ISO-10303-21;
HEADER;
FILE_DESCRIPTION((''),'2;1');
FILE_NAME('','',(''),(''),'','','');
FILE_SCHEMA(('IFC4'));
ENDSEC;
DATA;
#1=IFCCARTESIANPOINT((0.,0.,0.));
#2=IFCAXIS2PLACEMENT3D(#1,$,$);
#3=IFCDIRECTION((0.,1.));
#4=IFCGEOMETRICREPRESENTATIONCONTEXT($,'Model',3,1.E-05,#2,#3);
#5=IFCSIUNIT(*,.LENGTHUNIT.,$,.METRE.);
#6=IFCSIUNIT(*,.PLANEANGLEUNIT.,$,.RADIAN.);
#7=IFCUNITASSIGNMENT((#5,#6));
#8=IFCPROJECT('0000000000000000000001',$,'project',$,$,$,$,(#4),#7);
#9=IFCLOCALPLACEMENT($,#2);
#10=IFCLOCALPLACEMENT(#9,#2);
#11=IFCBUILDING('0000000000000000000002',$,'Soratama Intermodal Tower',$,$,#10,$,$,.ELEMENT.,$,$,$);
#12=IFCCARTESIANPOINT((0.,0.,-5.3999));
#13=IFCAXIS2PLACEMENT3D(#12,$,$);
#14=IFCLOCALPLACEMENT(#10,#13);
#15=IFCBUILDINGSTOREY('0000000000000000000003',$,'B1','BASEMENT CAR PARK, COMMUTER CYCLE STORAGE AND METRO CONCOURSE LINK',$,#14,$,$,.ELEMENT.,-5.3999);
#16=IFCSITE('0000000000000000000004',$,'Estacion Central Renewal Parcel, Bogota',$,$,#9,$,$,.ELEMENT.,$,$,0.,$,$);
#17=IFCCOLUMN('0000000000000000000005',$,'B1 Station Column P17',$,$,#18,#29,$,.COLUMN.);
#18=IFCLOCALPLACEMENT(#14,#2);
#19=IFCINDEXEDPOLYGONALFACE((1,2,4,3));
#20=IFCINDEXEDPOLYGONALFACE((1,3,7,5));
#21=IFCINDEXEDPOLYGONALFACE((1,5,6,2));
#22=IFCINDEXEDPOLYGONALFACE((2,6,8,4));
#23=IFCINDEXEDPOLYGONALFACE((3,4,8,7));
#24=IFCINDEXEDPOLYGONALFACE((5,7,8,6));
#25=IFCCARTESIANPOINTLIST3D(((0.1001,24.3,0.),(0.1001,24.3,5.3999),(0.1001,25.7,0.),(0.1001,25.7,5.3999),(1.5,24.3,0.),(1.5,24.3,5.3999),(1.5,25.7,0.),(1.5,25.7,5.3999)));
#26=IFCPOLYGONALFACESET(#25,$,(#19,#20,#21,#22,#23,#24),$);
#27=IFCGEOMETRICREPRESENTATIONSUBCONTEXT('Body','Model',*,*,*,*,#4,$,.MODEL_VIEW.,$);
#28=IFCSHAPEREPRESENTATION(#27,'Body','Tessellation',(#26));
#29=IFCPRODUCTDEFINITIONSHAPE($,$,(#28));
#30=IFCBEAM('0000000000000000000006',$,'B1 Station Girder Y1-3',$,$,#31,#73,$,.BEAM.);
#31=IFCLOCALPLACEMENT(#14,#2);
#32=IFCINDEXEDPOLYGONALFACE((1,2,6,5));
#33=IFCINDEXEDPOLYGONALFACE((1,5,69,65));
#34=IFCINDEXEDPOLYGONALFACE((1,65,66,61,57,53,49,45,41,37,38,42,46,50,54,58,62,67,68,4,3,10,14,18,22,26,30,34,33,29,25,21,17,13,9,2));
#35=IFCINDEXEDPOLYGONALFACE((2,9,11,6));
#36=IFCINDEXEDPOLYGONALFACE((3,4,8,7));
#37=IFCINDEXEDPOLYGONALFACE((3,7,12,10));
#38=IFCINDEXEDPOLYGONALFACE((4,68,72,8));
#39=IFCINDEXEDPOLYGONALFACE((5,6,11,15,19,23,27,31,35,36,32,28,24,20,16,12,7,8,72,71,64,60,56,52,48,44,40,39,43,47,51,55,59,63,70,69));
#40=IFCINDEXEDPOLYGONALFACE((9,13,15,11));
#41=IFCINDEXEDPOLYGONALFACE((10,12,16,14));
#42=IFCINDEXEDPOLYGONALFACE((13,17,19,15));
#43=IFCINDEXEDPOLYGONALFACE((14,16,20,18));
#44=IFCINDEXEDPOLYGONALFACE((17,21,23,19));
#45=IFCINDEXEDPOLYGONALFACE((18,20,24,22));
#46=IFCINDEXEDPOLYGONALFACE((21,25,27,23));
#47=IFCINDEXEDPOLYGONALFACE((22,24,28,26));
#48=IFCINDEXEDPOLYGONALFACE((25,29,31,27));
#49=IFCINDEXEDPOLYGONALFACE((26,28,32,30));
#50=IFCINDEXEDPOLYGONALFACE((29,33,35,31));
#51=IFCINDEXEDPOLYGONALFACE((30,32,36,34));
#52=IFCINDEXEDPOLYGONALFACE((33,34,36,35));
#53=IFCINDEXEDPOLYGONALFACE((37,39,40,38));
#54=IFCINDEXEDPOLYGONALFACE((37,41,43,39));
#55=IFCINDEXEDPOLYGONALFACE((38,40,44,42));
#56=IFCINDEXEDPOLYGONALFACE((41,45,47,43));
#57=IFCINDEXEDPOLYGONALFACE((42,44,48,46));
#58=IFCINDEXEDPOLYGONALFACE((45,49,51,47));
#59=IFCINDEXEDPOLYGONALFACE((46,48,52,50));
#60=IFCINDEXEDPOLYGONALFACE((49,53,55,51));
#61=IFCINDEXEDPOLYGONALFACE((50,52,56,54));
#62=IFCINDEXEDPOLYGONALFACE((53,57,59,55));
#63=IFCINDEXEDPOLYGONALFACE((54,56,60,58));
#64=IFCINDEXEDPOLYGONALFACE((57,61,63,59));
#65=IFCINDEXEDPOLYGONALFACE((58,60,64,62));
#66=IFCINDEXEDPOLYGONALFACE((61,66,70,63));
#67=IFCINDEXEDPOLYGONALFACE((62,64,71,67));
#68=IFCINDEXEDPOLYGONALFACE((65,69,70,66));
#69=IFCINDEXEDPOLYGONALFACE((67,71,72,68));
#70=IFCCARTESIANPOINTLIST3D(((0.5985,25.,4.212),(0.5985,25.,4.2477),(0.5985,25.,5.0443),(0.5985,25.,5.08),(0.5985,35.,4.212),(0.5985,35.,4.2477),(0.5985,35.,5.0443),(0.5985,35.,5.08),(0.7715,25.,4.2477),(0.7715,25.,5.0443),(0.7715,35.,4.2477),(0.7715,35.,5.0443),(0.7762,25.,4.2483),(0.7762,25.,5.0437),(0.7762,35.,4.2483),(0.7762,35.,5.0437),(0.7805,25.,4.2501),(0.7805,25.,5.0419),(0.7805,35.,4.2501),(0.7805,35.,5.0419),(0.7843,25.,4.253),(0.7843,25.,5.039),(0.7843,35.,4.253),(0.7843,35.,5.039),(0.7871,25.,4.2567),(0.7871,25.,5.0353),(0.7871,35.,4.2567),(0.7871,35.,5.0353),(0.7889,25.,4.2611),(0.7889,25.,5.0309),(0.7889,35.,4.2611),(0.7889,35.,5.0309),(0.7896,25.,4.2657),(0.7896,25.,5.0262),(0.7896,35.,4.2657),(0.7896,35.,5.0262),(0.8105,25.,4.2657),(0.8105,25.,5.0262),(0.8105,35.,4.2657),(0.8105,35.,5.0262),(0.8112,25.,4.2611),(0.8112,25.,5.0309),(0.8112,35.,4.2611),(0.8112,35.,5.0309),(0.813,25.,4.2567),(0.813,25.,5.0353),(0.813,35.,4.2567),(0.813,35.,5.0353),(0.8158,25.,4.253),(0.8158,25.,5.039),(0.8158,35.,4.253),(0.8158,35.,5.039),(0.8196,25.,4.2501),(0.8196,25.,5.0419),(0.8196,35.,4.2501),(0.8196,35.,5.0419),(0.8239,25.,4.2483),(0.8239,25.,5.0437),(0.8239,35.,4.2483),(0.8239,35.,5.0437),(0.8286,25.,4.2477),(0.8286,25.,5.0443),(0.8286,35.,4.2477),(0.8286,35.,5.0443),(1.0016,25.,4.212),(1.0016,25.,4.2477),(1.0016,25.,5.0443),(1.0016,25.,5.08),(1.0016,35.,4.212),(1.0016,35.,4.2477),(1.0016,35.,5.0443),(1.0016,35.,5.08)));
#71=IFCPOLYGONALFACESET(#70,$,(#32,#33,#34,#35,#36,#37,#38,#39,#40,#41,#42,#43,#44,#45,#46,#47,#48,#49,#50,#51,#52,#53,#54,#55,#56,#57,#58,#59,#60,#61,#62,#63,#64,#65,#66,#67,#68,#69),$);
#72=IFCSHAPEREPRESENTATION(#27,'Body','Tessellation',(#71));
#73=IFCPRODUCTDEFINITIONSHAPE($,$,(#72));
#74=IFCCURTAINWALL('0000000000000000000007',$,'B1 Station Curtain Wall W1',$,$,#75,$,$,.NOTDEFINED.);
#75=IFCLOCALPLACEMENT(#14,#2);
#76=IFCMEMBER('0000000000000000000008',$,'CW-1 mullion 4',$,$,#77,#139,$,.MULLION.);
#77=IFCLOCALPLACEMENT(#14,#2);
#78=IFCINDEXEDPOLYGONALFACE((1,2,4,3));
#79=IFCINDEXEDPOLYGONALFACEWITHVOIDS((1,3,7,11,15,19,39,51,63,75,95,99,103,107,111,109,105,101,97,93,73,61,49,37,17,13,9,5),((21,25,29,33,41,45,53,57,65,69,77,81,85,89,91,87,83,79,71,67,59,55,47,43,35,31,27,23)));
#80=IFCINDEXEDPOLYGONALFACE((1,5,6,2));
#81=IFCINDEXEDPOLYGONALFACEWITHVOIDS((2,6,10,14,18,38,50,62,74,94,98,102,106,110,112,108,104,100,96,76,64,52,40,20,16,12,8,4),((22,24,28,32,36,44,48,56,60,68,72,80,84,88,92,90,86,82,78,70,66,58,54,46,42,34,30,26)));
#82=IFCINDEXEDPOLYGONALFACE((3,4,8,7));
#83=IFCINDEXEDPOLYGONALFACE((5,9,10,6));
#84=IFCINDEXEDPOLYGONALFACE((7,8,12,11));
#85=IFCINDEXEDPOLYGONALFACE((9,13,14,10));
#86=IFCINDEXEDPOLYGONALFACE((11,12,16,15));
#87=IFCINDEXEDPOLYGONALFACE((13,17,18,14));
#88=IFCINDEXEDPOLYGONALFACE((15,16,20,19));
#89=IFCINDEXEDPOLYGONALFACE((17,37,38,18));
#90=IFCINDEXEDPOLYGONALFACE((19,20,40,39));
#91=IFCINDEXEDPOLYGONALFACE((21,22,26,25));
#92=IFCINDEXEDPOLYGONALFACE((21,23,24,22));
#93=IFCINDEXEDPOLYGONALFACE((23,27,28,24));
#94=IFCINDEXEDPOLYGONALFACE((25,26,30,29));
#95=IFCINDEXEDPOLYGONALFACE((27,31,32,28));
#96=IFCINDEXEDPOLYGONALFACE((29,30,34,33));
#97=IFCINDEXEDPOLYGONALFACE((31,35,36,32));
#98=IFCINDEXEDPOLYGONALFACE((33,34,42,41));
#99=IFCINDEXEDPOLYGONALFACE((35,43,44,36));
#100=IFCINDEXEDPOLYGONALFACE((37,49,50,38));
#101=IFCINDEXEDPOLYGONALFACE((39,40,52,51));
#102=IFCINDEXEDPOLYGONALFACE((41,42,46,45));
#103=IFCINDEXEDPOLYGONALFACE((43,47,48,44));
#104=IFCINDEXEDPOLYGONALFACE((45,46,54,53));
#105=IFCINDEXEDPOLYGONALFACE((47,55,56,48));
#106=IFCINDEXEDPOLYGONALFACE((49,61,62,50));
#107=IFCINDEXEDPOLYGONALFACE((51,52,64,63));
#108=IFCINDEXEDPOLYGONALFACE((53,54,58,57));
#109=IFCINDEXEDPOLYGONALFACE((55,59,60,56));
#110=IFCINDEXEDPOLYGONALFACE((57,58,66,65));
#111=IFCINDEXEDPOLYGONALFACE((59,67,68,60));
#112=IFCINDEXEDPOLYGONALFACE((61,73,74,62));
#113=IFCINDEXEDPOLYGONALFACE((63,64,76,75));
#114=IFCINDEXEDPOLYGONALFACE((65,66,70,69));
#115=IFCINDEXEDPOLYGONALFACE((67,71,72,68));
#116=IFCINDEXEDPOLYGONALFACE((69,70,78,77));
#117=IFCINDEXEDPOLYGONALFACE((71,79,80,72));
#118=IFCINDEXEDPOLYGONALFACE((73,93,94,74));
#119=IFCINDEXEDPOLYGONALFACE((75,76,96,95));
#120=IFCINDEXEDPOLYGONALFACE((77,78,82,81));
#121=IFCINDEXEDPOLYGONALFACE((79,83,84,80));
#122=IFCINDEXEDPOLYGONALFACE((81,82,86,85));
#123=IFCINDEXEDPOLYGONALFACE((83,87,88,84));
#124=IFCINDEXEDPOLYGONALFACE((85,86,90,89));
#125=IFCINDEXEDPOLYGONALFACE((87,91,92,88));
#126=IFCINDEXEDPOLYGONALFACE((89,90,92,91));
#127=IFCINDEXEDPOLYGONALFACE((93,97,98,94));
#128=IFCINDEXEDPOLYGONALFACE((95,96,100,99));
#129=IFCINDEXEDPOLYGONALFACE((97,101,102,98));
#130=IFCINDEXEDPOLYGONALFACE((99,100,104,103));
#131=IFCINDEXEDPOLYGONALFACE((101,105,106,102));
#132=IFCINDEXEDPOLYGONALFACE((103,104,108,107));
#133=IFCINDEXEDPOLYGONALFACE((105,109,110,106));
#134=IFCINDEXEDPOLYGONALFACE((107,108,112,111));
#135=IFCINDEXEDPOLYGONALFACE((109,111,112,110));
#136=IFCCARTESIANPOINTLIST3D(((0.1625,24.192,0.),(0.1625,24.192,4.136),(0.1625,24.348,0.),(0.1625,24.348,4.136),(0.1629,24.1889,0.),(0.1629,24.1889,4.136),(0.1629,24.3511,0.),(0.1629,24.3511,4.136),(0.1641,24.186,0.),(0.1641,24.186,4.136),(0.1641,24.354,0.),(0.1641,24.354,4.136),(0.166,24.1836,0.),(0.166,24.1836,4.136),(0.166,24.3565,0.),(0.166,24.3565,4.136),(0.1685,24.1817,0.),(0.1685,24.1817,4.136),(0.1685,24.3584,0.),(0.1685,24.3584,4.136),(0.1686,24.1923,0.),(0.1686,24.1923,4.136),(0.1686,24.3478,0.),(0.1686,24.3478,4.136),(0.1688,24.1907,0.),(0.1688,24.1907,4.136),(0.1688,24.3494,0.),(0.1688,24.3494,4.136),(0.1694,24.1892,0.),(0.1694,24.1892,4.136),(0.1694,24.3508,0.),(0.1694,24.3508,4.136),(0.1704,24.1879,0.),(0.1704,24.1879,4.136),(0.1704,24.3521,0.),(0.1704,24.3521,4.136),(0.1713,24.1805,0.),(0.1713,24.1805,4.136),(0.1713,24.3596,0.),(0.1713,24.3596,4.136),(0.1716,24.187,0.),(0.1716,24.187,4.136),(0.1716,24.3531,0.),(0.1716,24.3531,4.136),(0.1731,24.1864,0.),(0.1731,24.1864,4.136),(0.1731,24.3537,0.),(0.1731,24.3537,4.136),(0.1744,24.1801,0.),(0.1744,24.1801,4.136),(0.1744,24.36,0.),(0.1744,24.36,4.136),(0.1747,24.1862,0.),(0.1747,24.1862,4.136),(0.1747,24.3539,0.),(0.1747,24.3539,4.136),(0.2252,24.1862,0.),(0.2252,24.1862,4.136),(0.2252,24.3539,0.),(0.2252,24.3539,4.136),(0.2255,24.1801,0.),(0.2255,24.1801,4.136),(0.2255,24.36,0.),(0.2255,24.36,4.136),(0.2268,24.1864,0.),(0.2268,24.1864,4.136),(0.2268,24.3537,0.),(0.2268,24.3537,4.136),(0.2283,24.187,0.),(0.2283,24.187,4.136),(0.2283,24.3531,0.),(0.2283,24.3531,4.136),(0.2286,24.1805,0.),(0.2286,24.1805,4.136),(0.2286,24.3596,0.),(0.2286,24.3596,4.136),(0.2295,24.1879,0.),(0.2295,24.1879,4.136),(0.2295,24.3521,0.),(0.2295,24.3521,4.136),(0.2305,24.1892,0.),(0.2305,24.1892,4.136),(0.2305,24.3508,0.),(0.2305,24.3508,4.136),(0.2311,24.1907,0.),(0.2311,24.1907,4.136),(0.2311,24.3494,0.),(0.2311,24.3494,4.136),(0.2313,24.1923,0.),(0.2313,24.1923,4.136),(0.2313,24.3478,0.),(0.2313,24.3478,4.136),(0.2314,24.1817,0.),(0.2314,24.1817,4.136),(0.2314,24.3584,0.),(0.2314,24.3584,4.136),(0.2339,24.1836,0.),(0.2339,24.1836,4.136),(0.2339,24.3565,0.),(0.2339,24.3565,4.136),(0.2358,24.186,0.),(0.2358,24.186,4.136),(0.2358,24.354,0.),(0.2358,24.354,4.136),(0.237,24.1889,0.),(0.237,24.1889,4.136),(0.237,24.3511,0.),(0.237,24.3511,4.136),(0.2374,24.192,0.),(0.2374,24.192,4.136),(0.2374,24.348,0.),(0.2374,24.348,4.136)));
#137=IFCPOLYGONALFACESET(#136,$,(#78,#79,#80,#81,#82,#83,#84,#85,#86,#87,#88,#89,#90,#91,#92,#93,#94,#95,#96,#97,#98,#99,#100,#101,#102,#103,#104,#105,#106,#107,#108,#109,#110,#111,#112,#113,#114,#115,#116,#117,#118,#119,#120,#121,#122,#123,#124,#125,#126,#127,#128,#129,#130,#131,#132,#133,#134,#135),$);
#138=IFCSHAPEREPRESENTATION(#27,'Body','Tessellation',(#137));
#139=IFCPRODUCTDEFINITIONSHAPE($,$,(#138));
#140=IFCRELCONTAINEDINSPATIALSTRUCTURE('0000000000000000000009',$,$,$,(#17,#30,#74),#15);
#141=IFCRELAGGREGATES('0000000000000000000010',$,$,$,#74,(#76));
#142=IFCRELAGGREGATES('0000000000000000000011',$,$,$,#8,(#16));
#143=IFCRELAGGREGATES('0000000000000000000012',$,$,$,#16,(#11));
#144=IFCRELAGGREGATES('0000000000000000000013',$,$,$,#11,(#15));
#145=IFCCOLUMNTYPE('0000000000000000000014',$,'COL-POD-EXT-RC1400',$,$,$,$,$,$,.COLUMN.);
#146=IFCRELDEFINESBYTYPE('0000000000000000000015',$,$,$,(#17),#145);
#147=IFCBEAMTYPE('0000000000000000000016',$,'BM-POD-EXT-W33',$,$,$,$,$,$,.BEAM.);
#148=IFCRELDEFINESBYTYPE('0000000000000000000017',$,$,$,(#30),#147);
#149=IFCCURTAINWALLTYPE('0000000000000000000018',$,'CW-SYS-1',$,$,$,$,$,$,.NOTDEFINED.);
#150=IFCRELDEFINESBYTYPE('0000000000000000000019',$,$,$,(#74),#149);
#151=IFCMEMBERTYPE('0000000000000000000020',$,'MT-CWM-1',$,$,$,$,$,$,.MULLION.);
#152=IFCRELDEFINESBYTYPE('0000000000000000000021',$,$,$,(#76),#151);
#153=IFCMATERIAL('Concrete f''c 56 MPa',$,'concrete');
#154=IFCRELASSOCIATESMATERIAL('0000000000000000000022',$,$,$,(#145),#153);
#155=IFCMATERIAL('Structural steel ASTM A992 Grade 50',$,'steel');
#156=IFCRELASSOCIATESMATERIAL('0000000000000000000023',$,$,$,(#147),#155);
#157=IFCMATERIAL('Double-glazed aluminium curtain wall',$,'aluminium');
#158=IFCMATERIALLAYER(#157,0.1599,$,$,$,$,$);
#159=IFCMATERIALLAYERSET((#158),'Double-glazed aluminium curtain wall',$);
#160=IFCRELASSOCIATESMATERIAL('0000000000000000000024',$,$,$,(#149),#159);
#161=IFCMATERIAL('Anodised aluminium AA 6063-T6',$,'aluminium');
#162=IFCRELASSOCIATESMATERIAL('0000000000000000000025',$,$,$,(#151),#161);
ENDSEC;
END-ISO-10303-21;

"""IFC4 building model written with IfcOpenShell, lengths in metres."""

from ifc_helpers import new_model, si_unit, direction, frame, origin, origin_2d, place, context, subcontext, project, spatial, rectangle, hollow_rectangle, i_section, extrude, material, layer, layer_set, material_profile, profile_set, type_object, element, aggregate, save


model = new_model("IFC4")

# Units and contexts
model_context = context("Model", 3, precision=1e-05, world=origin(), true_north=direction((0.0, 1.0)))
body_context = subcontext(model_context, "Body", "Model", "MODEL_VIEW")
ifc_project = project(units=[si_unit("LENGTHUNIT", "METRE"), si_unit("PLANEANGLEUNIT", "RADIAN")], contexts=[model_context])

# Site, building, storey
site_placement = place(None, origin())
site = spatial("IfcSite", under=ifc_project, at=site_placement, Name="Estacion Central Renewal Parcel, Bogota", CompositionType="ELEMENT", RefElevation=0.0)
building_placement = place(site_placement, origin())
building = spatial("IfcBuilding", under=site, at=building_placement, Name="Soratama Intermodal Tower", CompositionType="ELEMENT")
storey_placement = place(building_placement, frame((0.0, 0.0, -5.3999)))
storey = spatial("IfcBuildingStorey", under=building, at=storey_placement, Name="B1", Description="BASEMENT CAR PARK, COMMUTER CYCLE STORAGE AND METRO CONCOURSE LINK", CompositionType="ELEMENT", Elevation=-5.3999)

# Column
ifc_material_1 = material(Name="Concrete f'c 56 MPa", Category="concrete")
ifc_material_profile_1 = material_profile(ifc_material_1, rectangle(XDim=1.3999, YDim=1.3999, at=origin_2d()), Name="RC1400X1400")
ifc_profile_set_1 = profile_set([ifc_material_profile_1], Name="Concrete f'c 56 MPa")
column_type = type_object("IfcColumnType", Name="COL-POD-EXT-RC1400", PredefinedType="COLUMN", material=ifc_profile_set_1)
column_placement = place(storey_placement, frame((0.8, 25.0, 0.0), z_axis=(0.0, 0.0, 1.0), x_axis=(1.0, 0.0, 0.0)))
element("IfcColumn", 1, at=column_placement, inside=storey, type_object=column_type, Name="B1 Station Column P17", PredefinedType="COLUMN", context=body_context, shape_type="SweptSolid", body=[
    extrude(rectangle(XDim=1.3999, YDim=1.3999, at=origin_2d()), origin(), (0.0, 0.0, 1.0), 5.3999),
])

# Beam
ifc_material_2 = material(Name="Structural steel ASTM A992 Grade 50", Category="steel")
ifc_material_profile_2 = material_profile(ifc_material_2, i_section(OverallWidth=0.4031, OverallDepth=0.8679, WebThickness=0.021, FlangeThickness=0.0356, FilletRadius=0.0181, at=origin_2d()), Name="W33X241")
ifc_profile_set_2 = profile_set([ifc_material_profile_2], Name="Structural steel ASTM A992 Grade 50")
beam_type = type_object("IfcBeamType", Name="BM-POD-EXT-W33", PredefinedType="BEAM", material=ifc_profile_set_2)
beam_placement = place(storey_placement, frame((0.8, 25.0, 4.646), z_axis=(0.0, 1.0, 0.0), x_axis=(-1.0, 0.0, 0.0)))
element("IfcBeam", 2, at=beam_placement, inside=storey, type_object=beam_type, Name="B1 Station Girder Y1-3", PredefinedType="BEAM", context=body_context, shape_type="SweptSolid", body=[
    extrude(i_section(OverallWidth=0.4031, OverallDepth=0.8679, WebThickness=0.021, FlangeThickness=0.0356, FilletRadius=0.0181, at=origin_2d()), origin(), (0.0, 0.0, 1.0), 10.0),
])

# Curtain wall, member
ifc_material_3 = material(Name="Double-glazed aluminium curtain wall", Category="aluminium")
ifc_layer_1 = layer(ifc_material_3, 0.1599)
ifc_layer_set_1 = layer_set([ifc_layer_1], Name="Double-glazed aluminium curtain wall")
curtain_wall_type = type_object("IfcCurtainWallType", Name="CW-SYS-1", PredefinedType="NOTDEFINED", material=ifc_layer_set_1)
curtain_wall_1_placement = place(storey_placement, origin())
curtain_wall_1 = element("IfcCurtainWall", 3, at=curtain_wall_1_placement, inside=storey, type_object=curtain_wall_type, Name="B1 Station Curtain Wall W1", PredefinedType="NOTDEFINED")
ifc_material_4 = material(Name="Anodised aluminium AA 6063-T6", Category="aluminium")
ifc_material_profile_3 = material_profile(ifc_material_4, hollow_rectangle(XDim=0.075, YDim=0.1799, WallThickness=0.0061, InnerFilletRadius=0.0061, OuterFilletRadius=0.012, at=origin_2d()), Name="CWM180X75X6")
ifc_profile_set_3 = profile_set([ifc_material_profile_3], Name="Anodised aluminium AA 6063-T6")
member_type_1 = type_object("IfcMemberType", Name="MT-CWM-1", PredefinedType="MULLION", material=ifc_profile_set_3)
member_1_placement = place(storey_placement, frame((0.2, 24.27, 0.0), z_axis=(0.0, 0.0, 1.0), x_axis=(-1.0, 0.0, 0.0)))
member_1 = element("IfcMember", 4, at=member_1_placement, type_object=member_type_1, Name="CW-1 mullion 4", PredefinedType="MULLION", context=body_context, shape_type="SweptSolid", body=[
    extrude(hollow_rectangle(XDim=0.075, YDim=0.1799, WallThickness=0.0061, InnerFilletRadius=0.0061, OuterFilletRadius=0.012, at=origin_2d()), origin(), (0.0, 0.0, 1.0), 4.136),
])

aggregate(curtain_wall_1, [member_1])

save(model, "model.ifc")
